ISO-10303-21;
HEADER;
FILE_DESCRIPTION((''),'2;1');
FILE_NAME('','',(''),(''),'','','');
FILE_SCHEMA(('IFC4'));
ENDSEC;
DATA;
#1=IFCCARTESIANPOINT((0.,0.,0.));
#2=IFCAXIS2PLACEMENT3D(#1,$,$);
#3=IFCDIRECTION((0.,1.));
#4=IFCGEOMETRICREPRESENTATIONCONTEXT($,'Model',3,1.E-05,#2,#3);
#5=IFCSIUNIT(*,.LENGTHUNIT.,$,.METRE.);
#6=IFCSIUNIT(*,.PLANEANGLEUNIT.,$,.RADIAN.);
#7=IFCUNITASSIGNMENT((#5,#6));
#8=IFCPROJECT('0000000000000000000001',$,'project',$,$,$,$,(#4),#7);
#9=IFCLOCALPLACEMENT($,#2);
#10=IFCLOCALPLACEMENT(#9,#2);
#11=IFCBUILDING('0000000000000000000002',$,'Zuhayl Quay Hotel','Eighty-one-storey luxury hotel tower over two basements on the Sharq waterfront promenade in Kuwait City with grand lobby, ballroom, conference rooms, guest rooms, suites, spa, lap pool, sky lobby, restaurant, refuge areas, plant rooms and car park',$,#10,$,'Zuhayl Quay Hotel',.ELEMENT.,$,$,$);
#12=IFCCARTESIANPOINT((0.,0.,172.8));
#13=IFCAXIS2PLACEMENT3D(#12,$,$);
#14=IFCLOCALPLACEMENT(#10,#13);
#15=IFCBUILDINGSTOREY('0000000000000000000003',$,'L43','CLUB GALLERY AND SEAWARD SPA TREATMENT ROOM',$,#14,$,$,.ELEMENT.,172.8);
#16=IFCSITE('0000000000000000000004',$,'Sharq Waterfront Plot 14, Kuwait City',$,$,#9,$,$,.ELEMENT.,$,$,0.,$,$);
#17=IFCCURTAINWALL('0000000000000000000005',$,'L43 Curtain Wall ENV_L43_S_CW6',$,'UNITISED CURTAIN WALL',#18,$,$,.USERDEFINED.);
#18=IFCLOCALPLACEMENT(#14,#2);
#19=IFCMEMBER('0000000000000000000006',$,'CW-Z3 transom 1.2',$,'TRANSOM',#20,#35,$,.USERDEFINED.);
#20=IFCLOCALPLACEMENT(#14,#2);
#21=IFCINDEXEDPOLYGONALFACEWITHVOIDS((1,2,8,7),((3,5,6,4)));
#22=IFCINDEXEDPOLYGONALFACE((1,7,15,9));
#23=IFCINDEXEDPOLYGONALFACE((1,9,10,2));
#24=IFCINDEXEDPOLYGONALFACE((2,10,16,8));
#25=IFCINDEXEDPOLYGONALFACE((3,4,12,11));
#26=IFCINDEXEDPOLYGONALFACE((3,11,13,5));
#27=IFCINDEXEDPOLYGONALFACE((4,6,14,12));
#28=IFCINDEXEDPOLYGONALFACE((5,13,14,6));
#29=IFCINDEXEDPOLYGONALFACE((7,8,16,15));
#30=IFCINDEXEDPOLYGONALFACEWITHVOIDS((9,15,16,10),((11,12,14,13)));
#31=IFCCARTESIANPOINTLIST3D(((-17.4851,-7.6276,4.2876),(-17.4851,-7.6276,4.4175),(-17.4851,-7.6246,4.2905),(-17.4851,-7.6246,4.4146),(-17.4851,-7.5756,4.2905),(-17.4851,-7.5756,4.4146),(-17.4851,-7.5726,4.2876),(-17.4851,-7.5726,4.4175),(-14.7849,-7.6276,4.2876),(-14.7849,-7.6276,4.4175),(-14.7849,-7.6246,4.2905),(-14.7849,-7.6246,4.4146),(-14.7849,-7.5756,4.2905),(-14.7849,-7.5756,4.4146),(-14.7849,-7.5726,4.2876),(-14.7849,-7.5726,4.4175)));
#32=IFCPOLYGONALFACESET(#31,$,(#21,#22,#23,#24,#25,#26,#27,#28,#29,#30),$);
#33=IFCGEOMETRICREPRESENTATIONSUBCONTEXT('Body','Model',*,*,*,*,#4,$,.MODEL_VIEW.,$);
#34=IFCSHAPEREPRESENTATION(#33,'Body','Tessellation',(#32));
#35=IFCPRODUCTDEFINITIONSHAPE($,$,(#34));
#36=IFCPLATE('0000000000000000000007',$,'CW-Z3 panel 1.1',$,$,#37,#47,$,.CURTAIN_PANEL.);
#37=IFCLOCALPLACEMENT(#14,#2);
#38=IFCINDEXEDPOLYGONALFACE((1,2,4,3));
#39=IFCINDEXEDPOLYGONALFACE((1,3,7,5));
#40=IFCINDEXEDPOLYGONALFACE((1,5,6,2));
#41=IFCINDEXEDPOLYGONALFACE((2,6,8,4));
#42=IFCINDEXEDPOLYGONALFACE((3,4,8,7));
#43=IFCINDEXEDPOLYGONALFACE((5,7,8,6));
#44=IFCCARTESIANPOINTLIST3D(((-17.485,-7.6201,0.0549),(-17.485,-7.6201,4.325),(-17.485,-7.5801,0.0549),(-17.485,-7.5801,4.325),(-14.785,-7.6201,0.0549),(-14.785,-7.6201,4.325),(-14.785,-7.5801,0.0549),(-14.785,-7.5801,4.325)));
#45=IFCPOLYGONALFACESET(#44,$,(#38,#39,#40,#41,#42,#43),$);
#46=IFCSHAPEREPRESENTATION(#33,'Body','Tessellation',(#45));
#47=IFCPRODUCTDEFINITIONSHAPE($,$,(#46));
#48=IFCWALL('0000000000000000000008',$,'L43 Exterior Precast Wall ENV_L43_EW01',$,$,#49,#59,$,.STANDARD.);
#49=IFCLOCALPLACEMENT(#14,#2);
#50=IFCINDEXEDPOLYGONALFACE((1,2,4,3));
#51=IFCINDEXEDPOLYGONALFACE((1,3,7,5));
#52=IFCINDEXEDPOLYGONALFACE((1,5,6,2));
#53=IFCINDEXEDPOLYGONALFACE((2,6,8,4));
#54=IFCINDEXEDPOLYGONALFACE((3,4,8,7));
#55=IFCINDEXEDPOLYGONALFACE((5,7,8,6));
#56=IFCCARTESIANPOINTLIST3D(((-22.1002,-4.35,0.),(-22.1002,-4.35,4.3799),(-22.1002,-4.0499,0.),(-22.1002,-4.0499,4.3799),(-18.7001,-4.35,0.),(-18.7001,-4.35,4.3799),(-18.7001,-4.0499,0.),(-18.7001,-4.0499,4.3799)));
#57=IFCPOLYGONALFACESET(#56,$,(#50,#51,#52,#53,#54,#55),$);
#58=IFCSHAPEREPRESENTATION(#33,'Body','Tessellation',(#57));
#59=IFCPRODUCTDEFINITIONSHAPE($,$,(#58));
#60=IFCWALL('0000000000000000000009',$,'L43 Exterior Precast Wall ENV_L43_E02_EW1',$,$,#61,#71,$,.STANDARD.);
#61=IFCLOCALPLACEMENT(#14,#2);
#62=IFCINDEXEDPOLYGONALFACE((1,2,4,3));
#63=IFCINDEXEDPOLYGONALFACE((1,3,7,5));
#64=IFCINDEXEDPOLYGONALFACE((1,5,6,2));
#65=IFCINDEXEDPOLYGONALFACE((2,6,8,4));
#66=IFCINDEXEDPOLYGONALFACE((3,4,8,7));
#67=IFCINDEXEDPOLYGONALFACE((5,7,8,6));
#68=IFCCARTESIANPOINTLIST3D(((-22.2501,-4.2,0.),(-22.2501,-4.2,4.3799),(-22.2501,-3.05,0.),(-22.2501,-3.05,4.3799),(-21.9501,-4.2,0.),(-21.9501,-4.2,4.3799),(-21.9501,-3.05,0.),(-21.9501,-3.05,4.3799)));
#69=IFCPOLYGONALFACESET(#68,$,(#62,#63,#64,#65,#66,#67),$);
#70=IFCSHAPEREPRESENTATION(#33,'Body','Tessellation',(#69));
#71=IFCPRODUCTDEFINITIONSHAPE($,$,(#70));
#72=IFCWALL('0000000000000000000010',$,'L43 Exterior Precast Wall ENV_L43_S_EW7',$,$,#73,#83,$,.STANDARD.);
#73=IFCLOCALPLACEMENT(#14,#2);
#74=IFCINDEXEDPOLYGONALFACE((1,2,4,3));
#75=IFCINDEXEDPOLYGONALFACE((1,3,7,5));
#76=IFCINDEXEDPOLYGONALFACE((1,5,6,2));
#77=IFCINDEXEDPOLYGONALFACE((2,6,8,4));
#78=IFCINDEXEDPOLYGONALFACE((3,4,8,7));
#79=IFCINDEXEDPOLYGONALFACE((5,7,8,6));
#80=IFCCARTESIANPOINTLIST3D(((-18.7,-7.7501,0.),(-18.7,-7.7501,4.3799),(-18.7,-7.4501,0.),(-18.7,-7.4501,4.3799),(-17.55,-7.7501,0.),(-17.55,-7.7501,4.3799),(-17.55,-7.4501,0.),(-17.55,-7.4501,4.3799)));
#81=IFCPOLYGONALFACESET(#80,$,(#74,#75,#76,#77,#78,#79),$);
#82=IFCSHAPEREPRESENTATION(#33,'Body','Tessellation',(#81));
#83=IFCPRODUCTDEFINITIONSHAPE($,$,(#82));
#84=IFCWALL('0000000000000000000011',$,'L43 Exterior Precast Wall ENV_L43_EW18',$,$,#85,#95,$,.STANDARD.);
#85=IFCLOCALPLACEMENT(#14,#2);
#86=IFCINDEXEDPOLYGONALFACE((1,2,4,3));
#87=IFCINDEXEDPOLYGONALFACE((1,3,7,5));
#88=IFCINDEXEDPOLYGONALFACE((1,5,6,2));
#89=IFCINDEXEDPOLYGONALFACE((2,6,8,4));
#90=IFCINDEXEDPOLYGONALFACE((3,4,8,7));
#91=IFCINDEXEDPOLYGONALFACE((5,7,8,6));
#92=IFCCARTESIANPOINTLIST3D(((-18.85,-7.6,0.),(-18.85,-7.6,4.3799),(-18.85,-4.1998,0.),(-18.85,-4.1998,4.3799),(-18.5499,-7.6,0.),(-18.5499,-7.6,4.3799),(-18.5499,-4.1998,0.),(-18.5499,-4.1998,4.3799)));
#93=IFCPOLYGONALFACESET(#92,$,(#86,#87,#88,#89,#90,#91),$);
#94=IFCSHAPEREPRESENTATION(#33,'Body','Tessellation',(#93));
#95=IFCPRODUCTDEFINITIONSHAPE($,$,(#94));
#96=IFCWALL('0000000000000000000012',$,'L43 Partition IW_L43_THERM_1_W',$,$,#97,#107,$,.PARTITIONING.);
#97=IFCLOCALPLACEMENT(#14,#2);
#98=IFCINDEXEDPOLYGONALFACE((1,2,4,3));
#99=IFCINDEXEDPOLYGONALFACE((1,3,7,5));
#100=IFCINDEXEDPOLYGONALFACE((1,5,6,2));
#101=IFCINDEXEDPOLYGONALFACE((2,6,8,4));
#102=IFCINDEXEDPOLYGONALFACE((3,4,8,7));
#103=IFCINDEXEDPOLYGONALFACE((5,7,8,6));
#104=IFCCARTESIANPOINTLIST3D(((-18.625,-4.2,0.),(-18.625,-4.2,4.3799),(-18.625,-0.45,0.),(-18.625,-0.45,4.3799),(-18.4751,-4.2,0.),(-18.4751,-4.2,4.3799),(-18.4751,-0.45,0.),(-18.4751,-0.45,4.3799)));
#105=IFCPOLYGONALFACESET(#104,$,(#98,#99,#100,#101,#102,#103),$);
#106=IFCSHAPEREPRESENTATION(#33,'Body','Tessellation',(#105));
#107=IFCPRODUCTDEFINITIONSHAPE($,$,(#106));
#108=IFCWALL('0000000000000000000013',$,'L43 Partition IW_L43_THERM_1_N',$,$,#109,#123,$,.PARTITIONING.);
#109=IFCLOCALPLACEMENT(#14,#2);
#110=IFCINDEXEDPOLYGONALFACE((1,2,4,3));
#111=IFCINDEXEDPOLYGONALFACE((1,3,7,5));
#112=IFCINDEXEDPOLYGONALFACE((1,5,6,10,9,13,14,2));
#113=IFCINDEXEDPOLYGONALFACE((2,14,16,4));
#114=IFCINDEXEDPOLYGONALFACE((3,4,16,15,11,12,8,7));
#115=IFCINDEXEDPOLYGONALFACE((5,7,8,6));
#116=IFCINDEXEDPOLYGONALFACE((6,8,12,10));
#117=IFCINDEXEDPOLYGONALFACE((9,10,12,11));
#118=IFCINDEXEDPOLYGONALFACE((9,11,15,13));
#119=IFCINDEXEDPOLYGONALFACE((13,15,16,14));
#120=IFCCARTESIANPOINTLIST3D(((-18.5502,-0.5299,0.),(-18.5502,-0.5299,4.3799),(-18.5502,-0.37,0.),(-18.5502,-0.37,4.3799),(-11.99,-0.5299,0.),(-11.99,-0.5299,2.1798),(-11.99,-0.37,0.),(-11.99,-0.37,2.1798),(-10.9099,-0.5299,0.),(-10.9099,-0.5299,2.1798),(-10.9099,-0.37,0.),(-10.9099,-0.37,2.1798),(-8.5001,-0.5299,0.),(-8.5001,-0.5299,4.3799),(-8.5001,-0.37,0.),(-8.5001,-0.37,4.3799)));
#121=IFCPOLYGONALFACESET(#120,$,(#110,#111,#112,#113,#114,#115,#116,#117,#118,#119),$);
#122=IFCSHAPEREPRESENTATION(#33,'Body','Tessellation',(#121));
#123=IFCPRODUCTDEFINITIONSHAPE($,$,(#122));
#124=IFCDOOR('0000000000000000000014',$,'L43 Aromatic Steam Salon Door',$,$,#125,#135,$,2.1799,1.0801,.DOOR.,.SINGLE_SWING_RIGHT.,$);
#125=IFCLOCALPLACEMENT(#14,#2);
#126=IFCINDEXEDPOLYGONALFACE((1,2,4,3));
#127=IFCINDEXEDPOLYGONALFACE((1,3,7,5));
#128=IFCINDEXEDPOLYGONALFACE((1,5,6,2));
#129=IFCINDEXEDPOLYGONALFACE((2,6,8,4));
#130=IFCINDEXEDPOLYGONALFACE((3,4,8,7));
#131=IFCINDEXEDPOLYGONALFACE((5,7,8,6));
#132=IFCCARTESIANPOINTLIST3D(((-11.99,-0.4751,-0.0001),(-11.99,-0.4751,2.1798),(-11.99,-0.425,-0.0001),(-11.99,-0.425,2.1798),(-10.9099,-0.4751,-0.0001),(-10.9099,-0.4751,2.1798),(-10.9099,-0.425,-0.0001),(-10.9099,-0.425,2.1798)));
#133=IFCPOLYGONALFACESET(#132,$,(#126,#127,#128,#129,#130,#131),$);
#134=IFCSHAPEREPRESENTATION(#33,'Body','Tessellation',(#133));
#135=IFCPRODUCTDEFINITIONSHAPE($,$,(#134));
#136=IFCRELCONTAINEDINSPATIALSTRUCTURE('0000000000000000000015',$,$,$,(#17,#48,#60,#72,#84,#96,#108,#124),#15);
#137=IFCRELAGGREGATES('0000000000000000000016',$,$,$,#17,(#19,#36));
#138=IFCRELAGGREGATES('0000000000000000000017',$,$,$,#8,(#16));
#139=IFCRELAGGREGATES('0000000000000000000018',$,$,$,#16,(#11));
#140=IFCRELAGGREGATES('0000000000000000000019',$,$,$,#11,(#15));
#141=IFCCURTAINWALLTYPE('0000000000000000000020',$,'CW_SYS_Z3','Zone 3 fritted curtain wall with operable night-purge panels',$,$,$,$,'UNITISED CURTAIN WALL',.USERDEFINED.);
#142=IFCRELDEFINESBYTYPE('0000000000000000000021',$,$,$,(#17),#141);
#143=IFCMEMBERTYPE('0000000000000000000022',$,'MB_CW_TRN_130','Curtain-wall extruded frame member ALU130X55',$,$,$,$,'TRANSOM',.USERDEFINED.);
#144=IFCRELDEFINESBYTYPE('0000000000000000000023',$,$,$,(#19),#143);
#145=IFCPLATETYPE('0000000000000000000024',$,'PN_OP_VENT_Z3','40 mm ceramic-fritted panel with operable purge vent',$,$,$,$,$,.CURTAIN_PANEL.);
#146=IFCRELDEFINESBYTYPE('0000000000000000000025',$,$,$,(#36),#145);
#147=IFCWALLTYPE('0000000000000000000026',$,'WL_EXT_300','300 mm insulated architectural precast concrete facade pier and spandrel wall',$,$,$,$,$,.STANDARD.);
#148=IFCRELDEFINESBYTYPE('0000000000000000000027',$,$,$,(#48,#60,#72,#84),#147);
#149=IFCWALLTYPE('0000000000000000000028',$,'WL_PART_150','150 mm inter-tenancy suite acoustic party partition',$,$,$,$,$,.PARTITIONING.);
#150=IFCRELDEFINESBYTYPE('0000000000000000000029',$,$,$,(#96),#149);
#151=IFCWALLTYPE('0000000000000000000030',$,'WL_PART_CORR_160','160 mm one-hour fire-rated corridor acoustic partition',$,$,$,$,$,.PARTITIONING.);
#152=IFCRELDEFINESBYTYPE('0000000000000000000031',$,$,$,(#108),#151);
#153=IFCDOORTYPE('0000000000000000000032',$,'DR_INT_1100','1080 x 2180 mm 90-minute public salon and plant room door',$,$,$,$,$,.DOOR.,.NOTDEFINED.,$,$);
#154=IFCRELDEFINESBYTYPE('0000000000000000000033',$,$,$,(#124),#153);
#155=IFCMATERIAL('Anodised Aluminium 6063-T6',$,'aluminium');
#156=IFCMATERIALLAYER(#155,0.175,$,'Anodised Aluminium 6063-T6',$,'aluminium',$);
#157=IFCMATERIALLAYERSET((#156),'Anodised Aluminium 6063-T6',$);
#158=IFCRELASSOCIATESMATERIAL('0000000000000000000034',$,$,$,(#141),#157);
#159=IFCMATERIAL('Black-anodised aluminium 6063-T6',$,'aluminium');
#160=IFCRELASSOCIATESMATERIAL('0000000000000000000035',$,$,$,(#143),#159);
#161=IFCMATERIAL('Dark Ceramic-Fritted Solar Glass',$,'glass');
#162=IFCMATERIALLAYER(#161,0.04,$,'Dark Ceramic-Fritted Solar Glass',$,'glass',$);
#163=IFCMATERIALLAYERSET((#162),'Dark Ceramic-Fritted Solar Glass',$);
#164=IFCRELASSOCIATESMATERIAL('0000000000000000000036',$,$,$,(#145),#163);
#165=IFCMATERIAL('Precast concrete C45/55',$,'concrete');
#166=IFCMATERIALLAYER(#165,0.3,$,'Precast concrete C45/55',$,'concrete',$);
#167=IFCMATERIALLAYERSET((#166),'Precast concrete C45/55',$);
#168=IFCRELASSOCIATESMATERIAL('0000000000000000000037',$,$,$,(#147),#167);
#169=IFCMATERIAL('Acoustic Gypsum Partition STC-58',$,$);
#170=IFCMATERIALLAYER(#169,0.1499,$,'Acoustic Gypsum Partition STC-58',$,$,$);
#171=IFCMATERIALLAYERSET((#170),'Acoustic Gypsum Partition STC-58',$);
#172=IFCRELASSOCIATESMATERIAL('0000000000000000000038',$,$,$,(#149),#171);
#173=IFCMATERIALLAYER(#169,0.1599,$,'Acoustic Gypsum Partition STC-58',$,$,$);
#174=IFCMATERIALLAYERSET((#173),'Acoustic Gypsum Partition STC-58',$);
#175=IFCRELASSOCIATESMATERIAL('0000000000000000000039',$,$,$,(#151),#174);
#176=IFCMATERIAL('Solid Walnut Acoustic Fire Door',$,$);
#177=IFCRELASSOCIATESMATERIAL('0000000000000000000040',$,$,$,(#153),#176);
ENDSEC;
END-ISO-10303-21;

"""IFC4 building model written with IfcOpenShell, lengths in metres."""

from ifc_helpers import new_model, si_unit, direction, frame, frame_2d, origin, origin_2d, place, context, subcontext, project, spatial, rectangle, hollow_rectangle, extrude, material, layer, layer_set, material_profile, profile_set, type_object, element, fill, aggregate, save


model = new_model("IFC4")

# Units and contexts
model_context = context("Model", 3, precision=1e-05, world=origin(), true_north=direction((0.0, 1.0)))
body_context = subcontext(model_context, "Body", "Model", "MODEL_VIEW")
ifc_project = project(units=[si_unit("LENGTHUNIT", "METRE"), si_unit("PLANEANGLEUNIT", "RADIAN")], contexts=[model_context])

# Site, building, storey
site_placement = place(None, origin())
site = spatial("IfcSite", under=ifc_project, at=site_placement, Name="Sharq Waterfront Plot 14, Kuwait City", CompositionType="ELEMENT", RefElevation=0.0)
building_placement = place(site_placement, origin())
building = spatial("IfcBuilding", under=site, at=building_placement, Name="Zuhayl Quay Hotel", Description="Eighty-one-storey luxury hotel tower over two basements on the Sharq waterfront promenade in Kuwait City with grand lobby, ballroom, conference rooms, guest rooms, suites, spa, lap pool, sky lobby, restaurant, refuge areas, plant rooms and car park", LongName="Zuhayl Quay Hotel", CompositionType="ELEMENT")
storey_placement = place(building_placement, frame((0.0, 0.0, 172.8)))
storey = spatial("IfcBuildingStorey", under=building, at=storey_placement, Name="L43", Description="CLUB GALLERY AND SEAWARD SPA TREATMENT ROOM", CompositionType="ELEMENT", Elevation=172.8)

# Shared definitions
ifc_material_1 = material(Name="Anodised Aluminium 6063-T6", Category="aluminium")
ifc_layer_1 = layer(ifc_material_1, 0.175, Name="Anodised Aluminium 6063-T6", Category="aluminium")
ifc_layer_set_1 = layer_set([ifc_layer_1], Name="Anodised Aluminium 6063-T6")
curtain_wall_type = type_object("IfcCurtainWallType", Name="CW_SYS_Z3", Description="Zone 3 fritted curtain wall with operable night-purge panels", ElementType="UNITISED CURTAIN WALL", PredefinedType="USERDEFINED", material=ifc_layer_set_1)
ifc_material_2 = material(Name="Black-anodised aluminium 6063-T6", Category="aluminium")

# Curtain wall
curtain_wall_1_placement = place(storey_placement, origin())
curtain_wall_1 = element("IfcCurtainWall", 1, at=curtain_wall_1_placement, inside=storey, type_object=curtain_wall_type, Name="L43 Curtain Wall ENV_L43_S_CW6", ObjectType="UNITISED CURTAIN WALL", PredefinedType="USERDEFINED")

# Member
ifc_material_profile_1 = material_profile(ifc_material_2, hollow_rectangle(XDim=0.0549, YDim=0.1299, WallThickness=0.0029, at=origin_2d()), Name="ALU130X55")
ifc_profile_set_1 = profile_set([ifc_material_profile_1], Name="Black-anodised aluminium 6063-T6")
member_type_1 = type_object("IfcMemberType", Name="MB_CW_TRN_130", Description="Curtain-wall extruded frame member ALU130X55", ElementType="TRANSOM", PredefinedType="USERDEFINED", material=ifc_profile_set_1)
member_1_placement = place(storey_placement, frame((-14.7849, -7.6001, 4.3525), z_axis=(-1.0, 0.0, 0.0), x_axis=(0.0, -1.0, 0.0)))
member_1 = element("IfcMember", 2, at=member_1_placement, type_object=member_type_1, Name="CW-Z3 transom 1.2", ObjectType="TRANSOM", PredefinedType="USERDEFINED", context=body_context, shape_type="SweptSolid", body=[
    extrude(hollow_rectangle(XDim=0.0549, YDim=0.1299, WallThickness=0.0029, at=origin_2d()), origin(), (0.0, 0.0, 1.0), 2.7002),
])

# Plate
ifc_material_3 = material(Name="Dark Ceramic-Fritted Solar Glass", Category="glass")
ifc_layer_2 = layer(ifc_material_3, 0.04, Name="Dark Ceramic-Fritted Solar Glass", Category="glass")
ifc_layer_set_2 = layer_set([ifc_layer_2], Name="Dark Ceramic-Fritted Solar Glass")
plate_type = type_object("IfcPlateType", Name="PN_OP_VENT_Z3", Description="40 mm ceramic-fritted panel with operable purge vent", PredefinedType="CURTAIN_PANEL", material=ifc_layer_set_2)
plate_placement = place(storey_placement, frame((-16.135, -7.6001, 0.0549), z_axis=(0.0, 0.0, 1.0), x_axis=(-1.0, 0.0, 0.0)))
plate = element("IfcPlate", 3, at=plate_placement, type_object=plate_type, Name="CW-Z3 panel 1.1", PredefinedType="CURTAIN_PANEL", context=body_context, shape_type="SweptSolid", body=[
    extrude(rectangle(XDim=2.7, YDim=0.04, at=origin_2d()), origin(), (0.0, 0.0, 1.0), 4.27),
])
aggregate(curtain_wall_1, [member_1, plate])

# Walls
ifc_material_4 = material(Name="Precast concrete C45/55", Category="concrete")
ifc_layer_3 = layer(ifc_material_4, 0.3, Name="Precast concrete C45/55", Category="concrete")
ifc_layer_set_3 = layer_set([ifc_layer_3], Name="Precast concrete C45/55")
wall_type_1 = type_object("IfcWallType", Name="WL_EXT_300", Description="300 mm insulated architectural precast concrete facade pier and spandrel wall", PredefinedType="STANDARD", material=ifc_layer_set_3)
wall_1_placement = place(storey_placement, frame((-18.7, -4.2, 0.0), z_axis=(0.0, 0.0, 1.0), x_axis=(-1.0, 0.0, 0.0)))
element("IfcWall", 4, at=wall_1_placement, inside=storey, type_object=wall_type_1, Name="L43 Exterior Precast Wall ENV_L43_EW01", PredefinedType="STANDARD", context=body_context, shape_type="SweptSolid", body=[
    extrude(rectangle(XDim=3.4001, YDim=0.3, at=frame_2d((1.7002, 0.0))), origin(), (0.0, 0.0, 1.0), 4.3799),
])
for number, where, z_axis, x_axis, name in (
    (5, (-22.1001, -4.2, 0.0), (0.0, 0.0, 1.0), (0.0, 1.0, 0.0), "L43 Exterior Precast Wall ENV_L43_E02_EW1"),
    (6, (-17.55, -7.6001, 0.0), (0.0, 0.0, 1.0), (-1.0, 0.0, 0.0), "L43 Exterior Precast Wall ENV_L43_S_EW7"),
):
    element("IfcWall", number, at=place(storey_placement, frame(where, z_axis=z_axis, x_axis=x_axis)), inside=storey, type_object=wall_type_1, Name=name, PredefinedType="STANDARD", context=body_context, shape_type="SweptSolid", body=[
        extrude(rectangle(XDim=1.1499, YDim=0.3, at=frame_2d((0.575, 0.0))), origin(), (0.0, 0.0, 1.0), 4.3799),
    ])
wall_2_placement = place(storey_placement, frame((-18.7, -7.6001, 0.0), z_axis=(0.0, 0.0, 1.0), x_axis=(0.0, 1.0, 0.0)))
element("IfcWall", 7, at=wall_2_placement, inside=storey, type_object=wall_type_1, Name="L43 Exterior Precast Wall ENV_L43_EW18", PredefinedType="STANDARD", context=body_context, shape_type="SweptSolid", body=[
    extrude(rectangle(XDim=3.4001, YDim=0.3, at=frame_2d((1.7002, 0.0))), origin(), (0.0, 0.0, 1.0), 4.3799),
])
ifc_material_5 = material(Name="Acoustic Gypsum Partition STC-58")
ifc_layer_4 = layer(ifc_material_5, 0.1499, Name="Acoustic Gypsum Partition STC-58")
ifc_layer_set_4 = layer_set([ifc_layer_4], Name="Acoustic Gypsum Partition STC-58")
wall_type_2 = type_object("IfcWallType", Name="WL_PART_150", Description="150 mm inter-tenancy suite acoustic party partition", PredefinedType="PARTITIONING", material=ifc_layer_set_4)
wall_3_placement = place(storey_placement, frame((-18.55, -4.2, 0.0), z_axis=(0.0, 0.0, 1.0), x_axis=(0.0, 1.0, 0.0)))
element("IfcWall", 8, at=wall_3_placement, inside=storey, type_object=wall_type_2, Name="L43 Partition IW_L43_THERM_1_W", PredefinedType="PARTITIONING", context=body_context, shape_type="SweptSolid", body=[
    extrude(rectangle(XDim=3.75, YDim=0.1499, at=frame_2d((1.875, 0.0))), origin(), (0.0, 0.0, 1.0), 4.3799),
])

# Wall, opening, door
ifc_layer_5 = layer(ifc_material_5, 0.1599, Name="Acoustic Gypsum Partition STC-58")
ifc_layer_set_5 = layer_set([ifc_layer_5], Name="Acoustic Gypsum Partition STC-58")
wall_type_3 = type_object("IfcWallType", Name="WL_PART_CORR_160", Description="160 mm one-hour fire-rated corridor acoustic partition", PredefinedType="PARTITIONING", material=ifc_layer_set_5)
wall_4_placement = place(storey_placement, frame((-18.55, -0.45, 0.0), z_axis=(0.0, 0.0, 1.0), x_axis=(1.0, 0.0, 0.0)))
wall_4 = element("IfcWall", 9, at=wall_4_placement, inside=storey, type_object=wall_type_3, Name="L43 Partition IW_L43_THERM_1_N", PredefinedType="PARTITIONING", context=body_context, shape_type="SweptSolid", body=[
    extrude(rectangle(XDim=10.05, YDim=0.1599, at=frame_2d((5.0249, 0.0))), origin(), (0.0, 0.0, 1.0), 4.3799),
])
opening_placement = place(wall_4_placement, frame((6.5601, 0.0, 0.0)))
opening = element("IfcOpeningElement", 10, at=opening_placement, cuts=wall_4, PredefinedType="OPENING", context=body_context, shape_type="SweptSolid", body=[
    extrude(rectangle(XDim=1.0801, YDim=2.1799, at=frame_2d((0.54, 1.0898))), frame((0.0, 0.0898, 0.0), z_axis=(0.0, -1.0, 0.0), x_axis=(1.0, 0.0, 0.0)), (0.0, 0.0, 1.0), 0.1799),
])
ifc_material_6 = material(Name="Solid Walnut Acoustic Fire Door")
door_type = type_object("IfcDoorType", Name="DR_INT_1100", Description="1080 x 2180 mm 90-minute public salon and plant room door", OperationType="NOTDEFINED", PredefinedType="DOOR", material=ifc_material_6)
door_placement = place(opening_placement, origin())
door = element("IfcDoor", 11, at=door_placement, inside=storey, type_object=door_type, Name="L43 Aromatic Steam Salon Door", OperationType="SINGLE_SWING_RIGHT", OverallHeight=2.1799, OverallWidth=1.0801, PredefinedType="DOOR", context=body_context, shape_type="SweptSolid", body=[
    extrude(rectangle(XDim=1.0801, YDim=2.1799, at=frame_2d((0.54, 1.0898))), frame((0.0, 0.0249, 0.0), z_axis=(0.0, -1.0, 0.0), x_axis=(1.0, 0.0, 0.0)), (0.0, 0.0, 1.0), 0.05),
])
fill(opening, door)

save(model, "model.ifc")
